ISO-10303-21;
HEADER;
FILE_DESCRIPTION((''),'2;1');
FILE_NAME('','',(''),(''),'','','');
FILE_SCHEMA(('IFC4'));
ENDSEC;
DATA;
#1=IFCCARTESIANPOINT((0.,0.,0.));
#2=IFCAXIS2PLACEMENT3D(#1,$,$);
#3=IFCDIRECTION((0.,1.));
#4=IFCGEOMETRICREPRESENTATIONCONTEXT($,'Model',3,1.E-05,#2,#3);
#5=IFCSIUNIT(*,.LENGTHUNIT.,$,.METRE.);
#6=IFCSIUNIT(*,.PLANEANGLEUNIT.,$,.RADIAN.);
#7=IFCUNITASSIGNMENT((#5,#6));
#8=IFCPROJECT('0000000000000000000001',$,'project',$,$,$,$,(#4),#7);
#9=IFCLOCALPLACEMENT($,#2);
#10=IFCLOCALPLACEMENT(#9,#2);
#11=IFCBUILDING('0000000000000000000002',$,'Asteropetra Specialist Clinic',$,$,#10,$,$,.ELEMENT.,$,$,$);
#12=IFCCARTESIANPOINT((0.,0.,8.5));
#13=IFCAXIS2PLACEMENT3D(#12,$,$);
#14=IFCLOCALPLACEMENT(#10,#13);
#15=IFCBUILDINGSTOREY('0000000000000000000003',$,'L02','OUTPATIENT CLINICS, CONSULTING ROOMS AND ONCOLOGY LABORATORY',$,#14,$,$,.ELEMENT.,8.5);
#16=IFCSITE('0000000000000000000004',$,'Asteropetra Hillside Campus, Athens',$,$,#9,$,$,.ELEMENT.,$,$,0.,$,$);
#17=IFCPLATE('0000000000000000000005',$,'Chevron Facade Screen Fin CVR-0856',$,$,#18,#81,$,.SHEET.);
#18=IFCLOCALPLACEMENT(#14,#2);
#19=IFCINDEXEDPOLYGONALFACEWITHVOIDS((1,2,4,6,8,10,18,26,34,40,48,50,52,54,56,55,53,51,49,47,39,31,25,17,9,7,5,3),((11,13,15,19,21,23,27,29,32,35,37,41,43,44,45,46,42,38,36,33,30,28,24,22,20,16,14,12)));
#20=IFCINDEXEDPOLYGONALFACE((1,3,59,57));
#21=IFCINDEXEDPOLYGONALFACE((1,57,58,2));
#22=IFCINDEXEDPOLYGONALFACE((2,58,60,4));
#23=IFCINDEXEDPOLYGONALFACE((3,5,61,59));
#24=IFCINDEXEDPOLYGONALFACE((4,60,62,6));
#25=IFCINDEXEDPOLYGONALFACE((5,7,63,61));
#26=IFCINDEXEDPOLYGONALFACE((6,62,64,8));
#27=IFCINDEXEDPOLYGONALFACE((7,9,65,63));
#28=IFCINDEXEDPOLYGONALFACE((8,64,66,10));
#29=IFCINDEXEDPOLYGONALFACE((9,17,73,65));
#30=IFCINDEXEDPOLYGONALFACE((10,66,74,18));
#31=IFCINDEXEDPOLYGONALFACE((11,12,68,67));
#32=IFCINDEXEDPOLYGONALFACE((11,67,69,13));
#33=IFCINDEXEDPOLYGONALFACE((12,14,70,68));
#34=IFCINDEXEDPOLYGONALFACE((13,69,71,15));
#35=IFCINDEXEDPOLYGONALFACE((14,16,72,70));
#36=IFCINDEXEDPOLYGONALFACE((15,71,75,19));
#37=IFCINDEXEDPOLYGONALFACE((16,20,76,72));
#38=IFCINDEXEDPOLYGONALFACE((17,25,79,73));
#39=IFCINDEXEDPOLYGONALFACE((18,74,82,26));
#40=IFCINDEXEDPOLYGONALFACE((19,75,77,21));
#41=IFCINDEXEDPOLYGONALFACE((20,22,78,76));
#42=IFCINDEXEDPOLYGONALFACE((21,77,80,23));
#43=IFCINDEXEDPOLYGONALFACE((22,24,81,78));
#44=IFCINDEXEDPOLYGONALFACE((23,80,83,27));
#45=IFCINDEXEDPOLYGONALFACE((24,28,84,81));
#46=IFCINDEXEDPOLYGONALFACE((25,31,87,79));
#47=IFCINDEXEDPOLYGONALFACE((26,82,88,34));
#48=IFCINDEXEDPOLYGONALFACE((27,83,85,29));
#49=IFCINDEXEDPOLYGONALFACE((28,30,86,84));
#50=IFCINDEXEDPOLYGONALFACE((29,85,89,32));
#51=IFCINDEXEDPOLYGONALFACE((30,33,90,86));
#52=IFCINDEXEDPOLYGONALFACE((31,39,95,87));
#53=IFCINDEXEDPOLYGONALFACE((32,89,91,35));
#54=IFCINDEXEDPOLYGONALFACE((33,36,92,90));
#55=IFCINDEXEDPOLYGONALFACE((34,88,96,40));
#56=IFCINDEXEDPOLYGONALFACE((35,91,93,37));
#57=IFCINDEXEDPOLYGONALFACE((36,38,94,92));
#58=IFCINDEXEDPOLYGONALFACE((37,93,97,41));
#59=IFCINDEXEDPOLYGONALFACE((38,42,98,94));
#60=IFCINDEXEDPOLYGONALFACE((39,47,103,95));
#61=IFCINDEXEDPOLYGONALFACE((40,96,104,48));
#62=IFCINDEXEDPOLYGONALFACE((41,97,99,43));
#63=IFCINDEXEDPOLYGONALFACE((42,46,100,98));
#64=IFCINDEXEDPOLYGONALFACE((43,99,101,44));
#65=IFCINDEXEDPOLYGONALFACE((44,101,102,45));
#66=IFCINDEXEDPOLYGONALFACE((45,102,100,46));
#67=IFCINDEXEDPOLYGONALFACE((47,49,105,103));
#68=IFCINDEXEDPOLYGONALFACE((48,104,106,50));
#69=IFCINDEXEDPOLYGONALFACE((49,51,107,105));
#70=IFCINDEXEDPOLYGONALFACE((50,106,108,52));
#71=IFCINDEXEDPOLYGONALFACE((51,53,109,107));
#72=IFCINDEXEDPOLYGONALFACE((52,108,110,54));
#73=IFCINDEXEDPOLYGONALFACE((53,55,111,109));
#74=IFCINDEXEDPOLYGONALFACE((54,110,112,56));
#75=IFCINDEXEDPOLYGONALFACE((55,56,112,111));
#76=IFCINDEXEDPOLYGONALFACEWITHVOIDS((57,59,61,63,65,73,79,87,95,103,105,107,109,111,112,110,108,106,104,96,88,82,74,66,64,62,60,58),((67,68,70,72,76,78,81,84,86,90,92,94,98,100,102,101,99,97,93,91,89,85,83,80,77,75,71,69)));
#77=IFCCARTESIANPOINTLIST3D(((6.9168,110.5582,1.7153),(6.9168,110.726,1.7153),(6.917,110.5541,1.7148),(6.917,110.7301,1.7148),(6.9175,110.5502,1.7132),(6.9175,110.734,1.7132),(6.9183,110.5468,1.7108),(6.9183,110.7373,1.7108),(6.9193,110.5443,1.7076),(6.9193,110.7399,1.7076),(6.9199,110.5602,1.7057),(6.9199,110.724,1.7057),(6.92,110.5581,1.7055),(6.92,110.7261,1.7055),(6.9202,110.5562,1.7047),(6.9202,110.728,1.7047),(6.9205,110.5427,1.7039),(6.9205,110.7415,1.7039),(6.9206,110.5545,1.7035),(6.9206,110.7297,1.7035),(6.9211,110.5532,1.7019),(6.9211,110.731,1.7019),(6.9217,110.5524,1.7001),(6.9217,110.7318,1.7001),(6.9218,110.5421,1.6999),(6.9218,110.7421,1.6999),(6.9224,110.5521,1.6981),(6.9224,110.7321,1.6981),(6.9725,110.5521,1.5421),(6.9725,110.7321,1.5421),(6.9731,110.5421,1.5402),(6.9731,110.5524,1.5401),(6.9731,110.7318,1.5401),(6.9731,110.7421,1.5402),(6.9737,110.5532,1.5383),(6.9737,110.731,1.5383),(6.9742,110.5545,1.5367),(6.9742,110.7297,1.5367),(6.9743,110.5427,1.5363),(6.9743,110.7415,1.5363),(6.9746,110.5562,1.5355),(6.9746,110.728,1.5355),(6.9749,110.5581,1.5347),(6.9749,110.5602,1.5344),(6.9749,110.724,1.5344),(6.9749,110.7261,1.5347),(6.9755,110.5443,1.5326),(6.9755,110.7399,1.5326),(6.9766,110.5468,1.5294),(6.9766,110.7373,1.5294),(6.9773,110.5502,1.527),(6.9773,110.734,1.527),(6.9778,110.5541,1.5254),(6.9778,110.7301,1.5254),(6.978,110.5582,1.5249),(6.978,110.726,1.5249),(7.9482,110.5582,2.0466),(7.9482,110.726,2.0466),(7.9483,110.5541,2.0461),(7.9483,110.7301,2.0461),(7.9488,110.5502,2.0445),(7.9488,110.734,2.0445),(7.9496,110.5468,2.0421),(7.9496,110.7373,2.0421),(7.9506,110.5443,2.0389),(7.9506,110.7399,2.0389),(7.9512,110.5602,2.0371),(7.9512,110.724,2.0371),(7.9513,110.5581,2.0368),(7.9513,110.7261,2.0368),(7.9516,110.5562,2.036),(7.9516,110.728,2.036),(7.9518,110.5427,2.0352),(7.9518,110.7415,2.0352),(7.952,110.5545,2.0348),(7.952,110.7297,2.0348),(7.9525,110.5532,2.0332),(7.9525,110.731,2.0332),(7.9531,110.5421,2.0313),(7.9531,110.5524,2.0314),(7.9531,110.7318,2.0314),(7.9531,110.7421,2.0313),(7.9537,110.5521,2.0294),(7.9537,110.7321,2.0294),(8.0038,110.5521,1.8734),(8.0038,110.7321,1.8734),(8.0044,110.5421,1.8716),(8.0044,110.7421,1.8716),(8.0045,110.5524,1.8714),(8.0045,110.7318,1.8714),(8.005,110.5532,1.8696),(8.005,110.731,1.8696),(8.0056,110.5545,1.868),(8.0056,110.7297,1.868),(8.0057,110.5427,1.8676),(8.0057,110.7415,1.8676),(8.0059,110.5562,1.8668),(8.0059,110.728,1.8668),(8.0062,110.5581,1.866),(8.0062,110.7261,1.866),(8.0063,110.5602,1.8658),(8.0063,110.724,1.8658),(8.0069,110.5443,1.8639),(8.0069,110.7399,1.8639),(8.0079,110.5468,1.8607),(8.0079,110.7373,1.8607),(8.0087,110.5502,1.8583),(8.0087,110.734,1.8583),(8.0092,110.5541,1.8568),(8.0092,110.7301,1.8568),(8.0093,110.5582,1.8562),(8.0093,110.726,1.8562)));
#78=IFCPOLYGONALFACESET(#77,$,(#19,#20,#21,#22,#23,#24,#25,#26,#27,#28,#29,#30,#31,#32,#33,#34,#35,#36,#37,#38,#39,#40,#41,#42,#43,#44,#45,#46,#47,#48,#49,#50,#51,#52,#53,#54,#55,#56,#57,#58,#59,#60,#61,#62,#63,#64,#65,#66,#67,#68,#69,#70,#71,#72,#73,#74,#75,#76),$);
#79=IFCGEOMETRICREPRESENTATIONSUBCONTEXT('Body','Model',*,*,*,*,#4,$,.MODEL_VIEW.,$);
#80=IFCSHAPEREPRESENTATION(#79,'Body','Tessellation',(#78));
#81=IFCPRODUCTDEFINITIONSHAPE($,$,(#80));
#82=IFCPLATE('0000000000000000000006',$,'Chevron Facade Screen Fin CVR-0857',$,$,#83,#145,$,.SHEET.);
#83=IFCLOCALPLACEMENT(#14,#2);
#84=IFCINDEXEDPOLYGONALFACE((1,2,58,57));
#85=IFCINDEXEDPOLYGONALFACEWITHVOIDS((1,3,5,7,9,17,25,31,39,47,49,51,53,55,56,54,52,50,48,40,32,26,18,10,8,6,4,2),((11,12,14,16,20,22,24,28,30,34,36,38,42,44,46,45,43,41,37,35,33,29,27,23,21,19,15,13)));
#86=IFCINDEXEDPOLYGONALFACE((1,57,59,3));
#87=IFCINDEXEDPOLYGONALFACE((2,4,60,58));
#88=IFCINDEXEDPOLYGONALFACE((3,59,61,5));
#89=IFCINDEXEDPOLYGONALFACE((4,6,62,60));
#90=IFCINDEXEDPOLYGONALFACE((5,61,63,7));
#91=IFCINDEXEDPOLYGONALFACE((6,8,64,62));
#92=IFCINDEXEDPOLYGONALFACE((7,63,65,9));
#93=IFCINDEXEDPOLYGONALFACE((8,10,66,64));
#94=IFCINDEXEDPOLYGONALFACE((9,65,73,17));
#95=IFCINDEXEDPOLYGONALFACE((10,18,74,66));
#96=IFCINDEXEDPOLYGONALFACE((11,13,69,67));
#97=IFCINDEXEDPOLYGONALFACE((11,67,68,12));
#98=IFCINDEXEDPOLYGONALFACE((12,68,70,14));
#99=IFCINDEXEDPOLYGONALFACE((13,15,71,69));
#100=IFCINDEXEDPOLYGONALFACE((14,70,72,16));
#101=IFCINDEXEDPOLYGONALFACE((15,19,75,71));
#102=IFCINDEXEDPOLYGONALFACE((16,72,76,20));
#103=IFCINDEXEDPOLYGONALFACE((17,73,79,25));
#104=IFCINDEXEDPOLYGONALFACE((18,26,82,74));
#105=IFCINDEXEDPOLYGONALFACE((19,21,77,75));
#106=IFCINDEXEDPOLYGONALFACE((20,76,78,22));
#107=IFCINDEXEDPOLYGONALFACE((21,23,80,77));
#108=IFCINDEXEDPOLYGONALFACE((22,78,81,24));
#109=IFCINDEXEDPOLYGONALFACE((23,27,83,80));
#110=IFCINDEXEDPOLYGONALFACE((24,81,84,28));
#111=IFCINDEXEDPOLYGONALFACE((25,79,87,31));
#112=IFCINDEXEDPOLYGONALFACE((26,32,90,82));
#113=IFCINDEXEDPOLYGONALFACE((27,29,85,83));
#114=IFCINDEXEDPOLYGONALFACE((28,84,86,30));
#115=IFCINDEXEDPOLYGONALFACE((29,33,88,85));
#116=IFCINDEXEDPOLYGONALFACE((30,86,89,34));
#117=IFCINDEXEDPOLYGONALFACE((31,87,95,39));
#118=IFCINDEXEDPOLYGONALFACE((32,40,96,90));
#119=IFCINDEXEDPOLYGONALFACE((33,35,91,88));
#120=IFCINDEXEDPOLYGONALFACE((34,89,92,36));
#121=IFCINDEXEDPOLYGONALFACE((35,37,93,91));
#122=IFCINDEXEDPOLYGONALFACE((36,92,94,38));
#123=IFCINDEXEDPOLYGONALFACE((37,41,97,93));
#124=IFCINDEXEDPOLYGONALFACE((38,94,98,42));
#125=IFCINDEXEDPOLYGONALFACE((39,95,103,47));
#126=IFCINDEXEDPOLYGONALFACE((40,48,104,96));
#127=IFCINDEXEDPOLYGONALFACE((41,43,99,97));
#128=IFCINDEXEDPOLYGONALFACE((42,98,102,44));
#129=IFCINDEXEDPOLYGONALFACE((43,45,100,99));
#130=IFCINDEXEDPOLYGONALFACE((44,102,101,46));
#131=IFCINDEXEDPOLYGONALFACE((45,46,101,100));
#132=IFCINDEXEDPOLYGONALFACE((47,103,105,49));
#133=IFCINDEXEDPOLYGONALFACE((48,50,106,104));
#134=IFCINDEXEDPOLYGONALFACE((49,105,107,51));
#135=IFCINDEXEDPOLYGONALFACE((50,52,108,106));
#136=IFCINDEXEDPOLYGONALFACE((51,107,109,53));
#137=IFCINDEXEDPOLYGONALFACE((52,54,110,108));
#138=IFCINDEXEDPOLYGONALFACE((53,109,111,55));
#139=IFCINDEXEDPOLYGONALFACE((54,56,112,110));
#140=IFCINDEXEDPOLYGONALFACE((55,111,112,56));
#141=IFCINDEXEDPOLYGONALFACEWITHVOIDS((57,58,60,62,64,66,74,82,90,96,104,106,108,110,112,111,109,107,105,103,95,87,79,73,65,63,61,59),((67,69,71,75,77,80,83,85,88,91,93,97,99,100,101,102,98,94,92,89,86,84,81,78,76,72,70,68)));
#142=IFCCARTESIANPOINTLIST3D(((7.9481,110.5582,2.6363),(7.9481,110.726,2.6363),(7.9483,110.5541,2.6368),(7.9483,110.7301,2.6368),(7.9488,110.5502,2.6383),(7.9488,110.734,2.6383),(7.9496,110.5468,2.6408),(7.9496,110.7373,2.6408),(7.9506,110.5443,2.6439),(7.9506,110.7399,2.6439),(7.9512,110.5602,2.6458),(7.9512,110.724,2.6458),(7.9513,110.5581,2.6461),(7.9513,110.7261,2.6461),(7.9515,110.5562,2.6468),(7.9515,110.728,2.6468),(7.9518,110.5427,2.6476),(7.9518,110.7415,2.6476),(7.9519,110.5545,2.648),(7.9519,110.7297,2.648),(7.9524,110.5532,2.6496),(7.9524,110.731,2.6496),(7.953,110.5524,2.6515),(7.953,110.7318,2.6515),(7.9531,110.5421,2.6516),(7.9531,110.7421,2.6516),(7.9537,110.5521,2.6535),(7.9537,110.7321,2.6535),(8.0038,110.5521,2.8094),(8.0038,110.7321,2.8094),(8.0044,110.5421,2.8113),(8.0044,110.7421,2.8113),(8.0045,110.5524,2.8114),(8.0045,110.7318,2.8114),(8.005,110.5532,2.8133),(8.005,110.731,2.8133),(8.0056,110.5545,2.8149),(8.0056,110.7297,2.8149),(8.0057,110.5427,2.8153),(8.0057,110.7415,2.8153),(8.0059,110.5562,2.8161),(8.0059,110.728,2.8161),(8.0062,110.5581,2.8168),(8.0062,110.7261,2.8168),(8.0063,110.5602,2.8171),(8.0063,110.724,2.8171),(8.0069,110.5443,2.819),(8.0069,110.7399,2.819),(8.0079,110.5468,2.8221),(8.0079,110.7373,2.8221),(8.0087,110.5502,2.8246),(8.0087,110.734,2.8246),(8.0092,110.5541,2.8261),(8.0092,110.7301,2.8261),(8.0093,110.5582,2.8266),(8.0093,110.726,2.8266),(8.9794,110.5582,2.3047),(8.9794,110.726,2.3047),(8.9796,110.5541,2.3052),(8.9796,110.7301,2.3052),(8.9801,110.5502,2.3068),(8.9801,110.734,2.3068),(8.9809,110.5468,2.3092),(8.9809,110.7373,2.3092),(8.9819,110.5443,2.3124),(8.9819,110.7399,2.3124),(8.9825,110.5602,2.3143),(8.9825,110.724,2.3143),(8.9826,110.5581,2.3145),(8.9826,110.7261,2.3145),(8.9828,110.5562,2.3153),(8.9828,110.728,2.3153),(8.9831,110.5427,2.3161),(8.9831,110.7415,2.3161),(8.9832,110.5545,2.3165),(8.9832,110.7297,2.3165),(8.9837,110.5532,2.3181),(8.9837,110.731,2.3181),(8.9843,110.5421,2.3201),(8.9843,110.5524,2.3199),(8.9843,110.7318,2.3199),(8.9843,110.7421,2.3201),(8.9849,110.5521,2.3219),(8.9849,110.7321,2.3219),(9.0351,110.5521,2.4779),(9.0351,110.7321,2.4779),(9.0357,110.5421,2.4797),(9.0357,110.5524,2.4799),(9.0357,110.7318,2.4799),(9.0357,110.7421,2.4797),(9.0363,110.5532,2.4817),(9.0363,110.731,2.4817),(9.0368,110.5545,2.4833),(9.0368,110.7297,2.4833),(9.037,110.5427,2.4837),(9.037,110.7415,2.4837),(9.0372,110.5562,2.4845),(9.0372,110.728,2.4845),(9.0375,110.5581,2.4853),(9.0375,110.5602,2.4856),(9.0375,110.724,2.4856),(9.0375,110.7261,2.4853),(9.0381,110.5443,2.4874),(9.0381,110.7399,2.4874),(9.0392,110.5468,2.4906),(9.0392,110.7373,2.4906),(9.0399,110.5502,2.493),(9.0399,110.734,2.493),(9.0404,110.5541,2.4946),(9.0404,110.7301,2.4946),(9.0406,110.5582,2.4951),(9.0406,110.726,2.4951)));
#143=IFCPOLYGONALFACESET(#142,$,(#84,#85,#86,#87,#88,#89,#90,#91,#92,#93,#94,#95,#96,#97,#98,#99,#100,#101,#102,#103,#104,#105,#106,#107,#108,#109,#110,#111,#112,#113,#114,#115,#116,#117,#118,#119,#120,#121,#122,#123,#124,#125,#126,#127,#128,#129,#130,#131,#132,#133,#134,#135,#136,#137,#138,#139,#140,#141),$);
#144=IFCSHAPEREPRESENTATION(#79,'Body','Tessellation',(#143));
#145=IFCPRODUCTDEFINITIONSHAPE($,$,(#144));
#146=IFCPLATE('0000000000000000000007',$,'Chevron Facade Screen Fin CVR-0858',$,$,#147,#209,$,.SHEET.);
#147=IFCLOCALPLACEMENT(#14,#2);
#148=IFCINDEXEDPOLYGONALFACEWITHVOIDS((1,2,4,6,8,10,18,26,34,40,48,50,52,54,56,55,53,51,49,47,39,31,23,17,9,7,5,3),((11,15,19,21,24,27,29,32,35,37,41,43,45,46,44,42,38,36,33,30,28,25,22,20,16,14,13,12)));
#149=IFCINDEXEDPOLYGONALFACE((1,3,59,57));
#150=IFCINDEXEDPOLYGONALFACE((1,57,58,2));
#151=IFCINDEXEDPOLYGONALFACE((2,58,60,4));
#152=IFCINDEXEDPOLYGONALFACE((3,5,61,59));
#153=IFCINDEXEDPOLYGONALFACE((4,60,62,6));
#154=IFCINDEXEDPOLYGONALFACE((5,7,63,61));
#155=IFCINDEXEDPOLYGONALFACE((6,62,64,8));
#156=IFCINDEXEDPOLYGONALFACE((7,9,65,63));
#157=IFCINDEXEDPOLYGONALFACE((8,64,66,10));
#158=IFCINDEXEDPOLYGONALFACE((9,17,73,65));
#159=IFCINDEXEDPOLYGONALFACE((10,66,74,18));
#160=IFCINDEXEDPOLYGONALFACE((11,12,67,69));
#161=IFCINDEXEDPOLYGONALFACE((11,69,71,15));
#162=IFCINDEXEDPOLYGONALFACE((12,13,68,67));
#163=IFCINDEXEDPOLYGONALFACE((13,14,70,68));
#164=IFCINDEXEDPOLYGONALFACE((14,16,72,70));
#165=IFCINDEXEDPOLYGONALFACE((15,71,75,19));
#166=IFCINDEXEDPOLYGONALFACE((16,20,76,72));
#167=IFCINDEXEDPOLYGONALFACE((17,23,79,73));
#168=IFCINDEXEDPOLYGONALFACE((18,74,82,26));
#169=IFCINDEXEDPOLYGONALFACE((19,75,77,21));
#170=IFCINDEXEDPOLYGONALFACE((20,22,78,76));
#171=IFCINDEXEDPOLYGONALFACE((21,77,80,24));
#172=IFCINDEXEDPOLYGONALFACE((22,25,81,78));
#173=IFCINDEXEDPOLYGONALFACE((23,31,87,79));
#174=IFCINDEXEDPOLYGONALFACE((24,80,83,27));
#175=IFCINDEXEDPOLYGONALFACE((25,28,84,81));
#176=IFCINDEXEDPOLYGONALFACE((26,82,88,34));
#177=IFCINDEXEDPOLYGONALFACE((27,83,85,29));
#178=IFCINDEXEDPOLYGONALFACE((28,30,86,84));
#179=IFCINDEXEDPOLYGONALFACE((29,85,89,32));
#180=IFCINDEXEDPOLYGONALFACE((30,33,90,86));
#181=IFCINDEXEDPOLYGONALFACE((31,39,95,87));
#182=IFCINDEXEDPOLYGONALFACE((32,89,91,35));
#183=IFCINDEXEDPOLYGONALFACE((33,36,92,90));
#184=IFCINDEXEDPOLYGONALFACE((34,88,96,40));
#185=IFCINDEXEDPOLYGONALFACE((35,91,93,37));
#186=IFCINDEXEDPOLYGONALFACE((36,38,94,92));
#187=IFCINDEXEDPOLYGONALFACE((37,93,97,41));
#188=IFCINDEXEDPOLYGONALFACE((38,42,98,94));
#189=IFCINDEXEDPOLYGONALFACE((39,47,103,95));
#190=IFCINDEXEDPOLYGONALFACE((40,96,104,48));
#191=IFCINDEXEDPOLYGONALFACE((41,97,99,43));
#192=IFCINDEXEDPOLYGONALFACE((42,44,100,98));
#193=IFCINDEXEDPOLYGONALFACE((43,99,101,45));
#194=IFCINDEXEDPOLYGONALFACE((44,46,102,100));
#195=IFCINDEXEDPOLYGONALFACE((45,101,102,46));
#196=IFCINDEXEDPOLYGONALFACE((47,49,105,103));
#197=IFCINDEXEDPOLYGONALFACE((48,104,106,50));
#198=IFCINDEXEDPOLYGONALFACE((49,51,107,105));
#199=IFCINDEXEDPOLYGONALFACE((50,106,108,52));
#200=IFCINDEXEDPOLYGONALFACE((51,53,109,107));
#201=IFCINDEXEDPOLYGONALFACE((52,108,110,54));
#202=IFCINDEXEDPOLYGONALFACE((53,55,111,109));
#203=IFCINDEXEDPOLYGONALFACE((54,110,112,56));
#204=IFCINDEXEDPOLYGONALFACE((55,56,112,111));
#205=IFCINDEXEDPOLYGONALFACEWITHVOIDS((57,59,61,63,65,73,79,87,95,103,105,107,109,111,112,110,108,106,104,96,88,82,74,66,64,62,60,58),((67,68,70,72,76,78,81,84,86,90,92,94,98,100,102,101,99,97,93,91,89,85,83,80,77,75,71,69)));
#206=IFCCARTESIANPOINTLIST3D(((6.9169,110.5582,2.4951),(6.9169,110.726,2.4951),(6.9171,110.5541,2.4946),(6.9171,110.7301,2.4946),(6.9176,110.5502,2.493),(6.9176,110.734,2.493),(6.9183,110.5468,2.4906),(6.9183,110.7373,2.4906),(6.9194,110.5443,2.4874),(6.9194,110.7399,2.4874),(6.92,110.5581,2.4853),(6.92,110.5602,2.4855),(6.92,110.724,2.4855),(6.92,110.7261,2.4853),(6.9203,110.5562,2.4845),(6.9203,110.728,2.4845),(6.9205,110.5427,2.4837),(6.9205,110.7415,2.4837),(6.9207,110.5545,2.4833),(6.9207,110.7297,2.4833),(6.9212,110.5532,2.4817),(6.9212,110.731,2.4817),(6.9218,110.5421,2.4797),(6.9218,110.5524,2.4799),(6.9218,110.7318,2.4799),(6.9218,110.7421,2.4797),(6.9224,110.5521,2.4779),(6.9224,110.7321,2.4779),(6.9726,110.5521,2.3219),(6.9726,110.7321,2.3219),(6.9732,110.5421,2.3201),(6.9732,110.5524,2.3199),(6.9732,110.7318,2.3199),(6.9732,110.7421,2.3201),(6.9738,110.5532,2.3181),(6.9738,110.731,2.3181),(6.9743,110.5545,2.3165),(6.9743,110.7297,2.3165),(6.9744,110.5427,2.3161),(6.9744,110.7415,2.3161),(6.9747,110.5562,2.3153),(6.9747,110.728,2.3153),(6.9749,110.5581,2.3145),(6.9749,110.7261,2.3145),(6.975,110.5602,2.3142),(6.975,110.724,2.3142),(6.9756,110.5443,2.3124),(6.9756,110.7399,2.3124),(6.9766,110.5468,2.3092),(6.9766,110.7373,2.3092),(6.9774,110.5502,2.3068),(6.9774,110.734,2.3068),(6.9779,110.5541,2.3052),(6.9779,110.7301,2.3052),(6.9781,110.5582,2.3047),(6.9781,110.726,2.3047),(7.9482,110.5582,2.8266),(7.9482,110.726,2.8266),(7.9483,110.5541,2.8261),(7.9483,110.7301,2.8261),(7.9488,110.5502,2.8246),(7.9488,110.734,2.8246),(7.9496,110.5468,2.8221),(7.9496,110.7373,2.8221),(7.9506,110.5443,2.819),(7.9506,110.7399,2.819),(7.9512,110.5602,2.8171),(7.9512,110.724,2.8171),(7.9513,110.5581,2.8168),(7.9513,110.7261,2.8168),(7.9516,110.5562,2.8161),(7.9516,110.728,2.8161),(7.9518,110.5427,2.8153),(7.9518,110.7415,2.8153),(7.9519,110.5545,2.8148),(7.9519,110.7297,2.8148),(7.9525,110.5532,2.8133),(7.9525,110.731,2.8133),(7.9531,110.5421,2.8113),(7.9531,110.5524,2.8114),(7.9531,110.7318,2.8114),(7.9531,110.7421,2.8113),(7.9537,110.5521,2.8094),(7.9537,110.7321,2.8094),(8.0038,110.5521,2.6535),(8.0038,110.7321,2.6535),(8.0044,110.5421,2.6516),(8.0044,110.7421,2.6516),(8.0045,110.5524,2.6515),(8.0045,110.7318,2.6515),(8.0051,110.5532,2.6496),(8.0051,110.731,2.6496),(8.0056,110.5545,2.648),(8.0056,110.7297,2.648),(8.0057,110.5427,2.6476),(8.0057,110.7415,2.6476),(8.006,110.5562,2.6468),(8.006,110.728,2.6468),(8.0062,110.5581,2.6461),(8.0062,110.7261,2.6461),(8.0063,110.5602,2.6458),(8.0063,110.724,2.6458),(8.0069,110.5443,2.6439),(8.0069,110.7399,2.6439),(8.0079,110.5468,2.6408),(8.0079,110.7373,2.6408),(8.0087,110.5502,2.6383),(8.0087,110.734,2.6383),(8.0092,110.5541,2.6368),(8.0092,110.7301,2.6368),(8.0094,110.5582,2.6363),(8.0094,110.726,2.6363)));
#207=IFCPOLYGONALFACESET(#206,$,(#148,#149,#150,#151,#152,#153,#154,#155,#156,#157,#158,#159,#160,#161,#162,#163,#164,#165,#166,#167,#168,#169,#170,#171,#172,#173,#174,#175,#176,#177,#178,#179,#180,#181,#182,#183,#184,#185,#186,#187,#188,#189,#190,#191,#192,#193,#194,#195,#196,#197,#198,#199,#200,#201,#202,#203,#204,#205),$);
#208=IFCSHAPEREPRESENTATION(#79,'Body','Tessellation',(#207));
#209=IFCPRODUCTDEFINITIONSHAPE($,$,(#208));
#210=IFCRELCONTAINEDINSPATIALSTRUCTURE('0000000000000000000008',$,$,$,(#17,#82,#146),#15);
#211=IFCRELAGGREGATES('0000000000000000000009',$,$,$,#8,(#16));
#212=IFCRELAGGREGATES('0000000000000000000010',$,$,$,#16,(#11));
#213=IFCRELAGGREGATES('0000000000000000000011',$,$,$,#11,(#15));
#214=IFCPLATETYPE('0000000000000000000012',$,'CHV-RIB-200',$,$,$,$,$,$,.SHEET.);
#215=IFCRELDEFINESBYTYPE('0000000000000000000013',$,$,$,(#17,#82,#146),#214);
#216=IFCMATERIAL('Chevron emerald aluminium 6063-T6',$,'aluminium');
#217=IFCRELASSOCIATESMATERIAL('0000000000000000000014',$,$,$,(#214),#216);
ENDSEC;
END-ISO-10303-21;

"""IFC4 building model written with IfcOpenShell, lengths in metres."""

from ifc_helpers import new_model, si_unit, direction, frame, origin, origin_2d, place, context, subcontext, project, spatial, hollow_rectangle, extrude, material, material_profile, profile_set, type_object, element, save


model = new_model("IFC4")

# Units and contexts
model_context = context("Model", 3, precision=1e-05, world=origin(), true_north=direction((0.0, 1.0)))
body_context = subcontext(model_context, "Body", "Model", "MODEL_VIEW")
ifc_project = project(units=[si_unit("LENGTHUNIT", "METRE"), si_unit("PLANEANGLEUNIT", "RADIAN")], contexts=[model_context])

# Site, building, storey
site_placement = place(None, origin())
site = spatial("IfcSite", under=ifc_project, at=site_placement, Name="Asteropetra Hillside Campus, Athens", CompositionType="ELEMENT", RefElevation=0.0)
building_placement = place(site_placement, origin())
building = spatial("IfcBuilding", under=site, at=building_placement, Name="Asteropetra Specialist Clinic", CompositionType="ELEMENT")
storey_placement = place(building_placement, frame((0.0, 0.0, 8.5)))
storey = spatial("IfcBuildingStorey", under=building, at=storey_placement, Name="L02", Description="OUTPATIENT CLINICS, CONSULTING ROOMS AND ONCOLOGY LABORATORY", CompositionType="ELEMENT", Elevation=8.5)

# Plates
ifc_material_1 = material(Name="Chevron emerald aluminium 6063-T6", Category="aluminium")
ifc_material_profile_1 = material_profile(ifc_material_1, hollow_rectangle(XDim=0.2, YDim=0.2, WallThickness=0.01, InnerFilletRadius=0.0081, OuterFilletRadius=0.0161, at=origin_2d()), Name="SHS 200x200x10.0")
ifc_profile_set_1 = profile_set([ifc_material_profile_1], Name="Chevron emerald aluminium 6063-T6")
plate_type_1 = type_object("IfcPlateType", Name="CHV-RIB-200", PredefinedType="SHEET", material=ifc_profile_set_1)
for number, where, z_axis, x_axis, name in (
    (1, (7.9788, 110.6421, 1.9514), (-0.952075, 0.0, -0.305863), (0.0, -1.0, 0.0), "Chevron Facade Screen Fin CVR-0856"),
    (2, (9.01, 110.6421, 2.3999), (-0.95201, 0.0, 0.306068), (0.0, -1.0, 0.0), "Chevron Facade Screen Fin CVR-0857"),
    (3, (7.9788, 110.6421, 2.7314), (-0.95201, 0.0, -0.306068), (0.0, -1.0, 0.0), "Chevron Facade Screen Fin CVR-0858"),
):
    element("IfcPlate", number, at=place(storey_placement, frame(where, z_axis=z_axis, x_axis=x_axis)), inside=storey, type_object=plate_type_1, Name=name, PredefinedType="SHEET", context=body_context, shape_type="SweptSolid", body=[
        extrude(hollow_rectangle(XDim=0.2, YDim=0.2, WallThickness=0.01, InnerFilletRadius=0.0081, OuterFilletRadius=0.0161, at=origin_2d()), origin(), (0.0, 0.0, 1.0), 1.0833),
    ])

save(model, "model.ifc")
